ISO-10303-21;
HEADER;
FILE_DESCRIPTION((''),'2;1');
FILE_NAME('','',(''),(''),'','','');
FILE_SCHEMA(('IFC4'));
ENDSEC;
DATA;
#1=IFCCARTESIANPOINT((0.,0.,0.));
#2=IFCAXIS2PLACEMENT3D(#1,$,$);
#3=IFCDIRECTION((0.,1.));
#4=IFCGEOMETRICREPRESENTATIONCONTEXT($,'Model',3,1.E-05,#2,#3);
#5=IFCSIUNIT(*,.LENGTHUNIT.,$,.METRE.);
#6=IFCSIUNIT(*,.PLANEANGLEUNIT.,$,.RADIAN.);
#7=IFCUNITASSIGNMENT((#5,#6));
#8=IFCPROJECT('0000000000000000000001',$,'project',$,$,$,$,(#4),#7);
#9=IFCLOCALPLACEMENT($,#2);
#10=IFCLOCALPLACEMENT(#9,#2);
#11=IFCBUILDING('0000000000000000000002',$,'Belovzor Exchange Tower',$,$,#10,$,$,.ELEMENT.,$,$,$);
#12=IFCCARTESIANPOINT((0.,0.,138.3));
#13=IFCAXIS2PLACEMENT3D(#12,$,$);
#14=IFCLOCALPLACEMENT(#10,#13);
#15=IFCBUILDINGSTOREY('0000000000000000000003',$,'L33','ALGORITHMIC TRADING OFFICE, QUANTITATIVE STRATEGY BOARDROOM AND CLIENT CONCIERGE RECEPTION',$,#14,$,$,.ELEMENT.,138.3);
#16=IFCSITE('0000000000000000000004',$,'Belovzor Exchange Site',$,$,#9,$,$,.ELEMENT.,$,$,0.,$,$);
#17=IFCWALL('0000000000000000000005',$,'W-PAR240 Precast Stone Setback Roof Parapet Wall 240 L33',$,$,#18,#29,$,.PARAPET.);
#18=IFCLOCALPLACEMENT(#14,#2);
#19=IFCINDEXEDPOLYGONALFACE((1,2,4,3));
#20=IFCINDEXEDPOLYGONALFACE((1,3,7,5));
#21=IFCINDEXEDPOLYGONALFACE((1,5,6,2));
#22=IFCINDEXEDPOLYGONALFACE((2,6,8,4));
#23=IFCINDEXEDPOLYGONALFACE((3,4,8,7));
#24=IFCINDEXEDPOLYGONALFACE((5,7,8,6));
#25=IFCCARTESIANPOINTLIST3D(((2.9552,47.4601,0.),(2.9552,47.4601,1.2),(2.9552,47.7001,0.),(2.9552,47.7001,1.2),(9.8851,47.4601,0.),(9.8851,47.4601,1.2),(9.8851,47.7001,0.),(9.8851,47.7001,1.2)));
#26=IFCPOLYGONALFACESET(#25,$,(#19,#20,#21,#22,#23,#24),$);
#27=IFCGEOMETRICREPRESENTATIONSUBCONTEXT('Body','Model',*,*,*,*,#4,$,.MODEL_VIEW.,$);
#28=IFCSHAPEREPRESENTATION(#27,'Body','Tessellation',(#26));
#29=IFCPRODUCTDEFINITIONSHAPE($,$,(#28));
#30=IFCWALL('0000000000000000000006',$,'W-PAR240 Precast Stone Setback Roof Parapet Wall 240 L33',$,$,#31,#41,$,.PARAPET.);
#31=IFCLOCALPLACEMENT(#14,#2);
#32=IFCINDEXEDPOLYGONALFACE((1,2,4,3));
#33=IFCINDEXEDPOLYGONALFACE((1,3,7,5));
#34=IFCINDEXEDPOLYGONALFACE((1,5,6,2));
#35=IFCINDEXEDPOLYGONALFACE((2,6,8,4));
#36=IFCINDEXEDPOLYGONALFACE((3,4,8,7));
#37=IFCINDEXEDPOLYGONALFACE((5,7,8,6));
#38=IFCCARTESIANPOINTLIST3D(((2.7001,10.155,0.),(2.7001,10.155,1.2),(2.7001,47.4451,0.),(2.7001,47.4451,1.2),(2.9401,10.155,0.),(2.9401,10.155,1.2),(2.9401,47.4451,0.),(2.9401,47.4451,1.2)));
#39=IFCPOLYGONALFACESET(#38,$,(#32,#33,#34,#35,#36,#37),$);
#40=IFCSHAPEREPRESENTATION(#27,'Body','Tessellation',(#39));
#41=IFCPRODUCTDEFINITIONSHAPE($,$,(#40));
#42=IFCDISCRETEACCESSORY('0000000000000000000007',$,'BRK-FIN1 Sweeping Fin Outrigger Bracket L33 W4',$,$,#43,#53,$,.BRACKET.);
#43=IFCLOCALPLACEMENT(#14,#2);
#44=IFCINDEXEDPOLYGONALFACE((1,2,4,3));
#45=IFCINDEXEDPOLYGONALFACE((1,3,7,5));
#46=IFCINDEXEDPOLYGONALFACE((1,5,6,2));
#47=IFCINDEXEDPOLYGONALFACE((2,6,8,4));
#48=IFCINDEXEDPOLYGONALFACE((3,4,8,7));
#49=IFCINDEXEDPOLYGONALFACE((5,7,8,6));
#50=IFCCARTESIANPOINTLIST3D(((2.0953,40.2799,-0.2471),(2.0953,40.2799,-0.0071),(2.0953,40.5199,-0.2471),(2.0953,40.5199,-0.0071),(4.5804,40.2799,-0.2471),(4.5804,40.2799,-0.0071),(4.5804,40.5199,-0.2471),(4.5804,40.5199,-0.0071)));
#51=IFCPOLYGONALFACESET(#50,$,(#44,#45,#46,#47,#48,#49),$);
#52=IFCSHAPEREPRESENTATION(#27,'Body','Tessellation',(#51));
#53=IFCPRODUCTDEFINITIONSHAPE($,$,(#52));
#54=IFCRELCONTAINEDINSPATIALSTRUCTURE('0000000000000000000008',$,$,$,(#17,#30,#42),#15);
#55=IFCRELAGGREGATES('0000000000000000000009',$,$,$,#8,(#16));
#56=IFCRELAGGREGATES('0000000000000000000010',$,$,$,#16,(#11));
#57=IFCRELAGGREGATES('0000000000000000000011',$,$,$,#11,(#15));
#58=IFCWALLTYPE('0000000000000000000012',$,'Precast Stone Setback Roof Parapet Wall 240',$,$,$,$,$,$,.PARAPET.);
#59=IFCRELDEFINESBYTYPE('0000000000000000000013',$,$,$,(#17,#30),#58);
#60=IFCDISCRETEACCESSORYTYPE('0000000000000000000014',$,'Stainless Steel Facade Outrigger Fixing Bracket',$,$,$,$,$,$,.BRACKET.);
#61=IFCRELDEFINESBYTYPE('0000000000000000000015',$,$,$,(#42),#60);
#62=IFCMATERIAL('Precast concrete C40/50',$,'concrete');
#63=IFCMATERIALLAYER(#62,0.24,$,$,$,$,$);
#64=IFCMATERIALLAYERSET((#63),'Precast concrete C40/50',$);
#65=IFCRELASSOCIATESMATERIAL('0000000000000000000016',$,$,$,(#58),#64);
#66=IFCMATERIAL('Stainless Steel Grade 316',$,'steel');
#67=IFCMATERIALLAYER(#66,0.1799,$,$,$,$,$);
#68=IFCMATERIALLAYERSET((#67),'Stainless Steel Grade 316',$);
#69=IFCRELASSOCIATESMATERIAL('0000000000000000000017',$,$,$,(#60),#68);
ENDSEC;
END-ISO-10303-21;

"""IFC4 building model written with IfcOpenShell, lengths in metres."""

from ifc_helpers import new_model, si_unit, direction, frame, frame_2d, origin, origin_2d, place, context, subcontext, project, spatial, rectangle, extrude, material, layer, layer_set, type_object, element, save


model = new_model("IFC4")

# Units and contexts
model_context = context("Model", 3, precision=1e-05, world=origin(), true_north=direction((0.0, 1.0)))
body_context = subcontext(model_context, "Body", "Model", "MODEL_VIEW")
ifc_project = project(units=[si_unit("LENGTHUNIT", "METRE"), si_unit("PLANEANGLEUNIT", "RADIAN")], contexts=[model_context])

# Site, building, storey
site_placement = place(None, origin())
site = spatial("IfcSite", under=ifc_project, at=site_placement, Name="Belovzor Exchange Site", CompositionType="ELEMENT", RefElevation=0.0)
building_placement = place(site_placement, origin())
building = spatial("IfcBuilding", under=site, at=building_placement, Name="Belovzor Exchange Tower", CompositionType="ELEMENT")
storey_placement = place(building_placement, frame((0.0, 0.0, 138.3)))
storey = spatial("IfcBuildingStorey", under=building, at=storey_placement, Name="L33", Description="ALGORITHMIC TRADING OFFICE, QUANTITATIVE STRATEGY BOARDROOM AND CLIENT CONCIERGE RECEPTION", CompositionType="ELEMENT", Elevation=138.3)

# Walls
ifc_material_1 = material(Name="Precast concrete C40/50", Category="concrete")
ifc_layer_1 = layer(ifc_material_1, 0.24)
ifc_layer_set_1 = layer_set([ifc_layer_1], Name="Precast concrete C40/50")
wall_type_1 = type_object("IfcWallType", Name="Precast Stone Setback Roof Parapet Wall 240", PredefinedType="PARAPET", material=ifc_layer_set_1)
for number, where, z_axis, x_axis, name in (
    (1, (9.885, 47.5801, 0.0), (0.0, 0.0, 1.0), (-1.0, 0.0, 0.0), "W-PAR240 Precast Stone Setback Roof Parapet Wall 240 L33"),
):
    element("IfcWall", number, at=place(storey_placement, frame(where, z_axis=z_axis, x_axis=x_axis)), inside=storey, type_object=wall_type_1, Name=name, PredefinedType="PARAPET", context=body_context, shape_type="SweptSolid", body=[
        extrude(rectangle(XDim=6.9299, YDim=0.24, at=frame_2d((3.4648, 0.0))), origin(), (0.0, 0.0, 1.0), 1.2),
    ])
wall_1_placement = place(storey_placement, frame((2.8201, 47.4451, 0.0), z_axis=(0.0, 0.0, 1.0), x_axis=(0.0, -1.0, 0.0)))
element("IfcWall", 2, at=wall_1_placement, inside=storey, type_object=wall_type_1, Name="W-PAR240 Precast Stone Setback Roof Parapet Wall 240 L33", PredefinedType="PARAPET", context=body_context, shape_type="SweptSolid", body=[
    extrude(rectangle(XDim=37.29, YDim=0.24, at=frame_2d((18.645, 0.0))), origin(), (0.0, 0.0, 1.0), 1.2),
])

# Discrete accessory
ifc_material_2 = material(Name="Stainless Steel Grade 316", Category="steel")
ifc_layer_2 = layer(ifc_material_2, 0.1799)
ifc_layer_set_2 = layer_set([ifc_layer_2], Name="Stainless Steel Grade 316")
discrete_accessory_type = type_object("IfcDiscreteAccessoryType", Name="Stainless Steel Facade Outrigger Fixing Bracket", PredefinedType="BRACKET", material=ifc_layer_set_2)
discrete_accessory_placement = place(storey_placement, frame((3.3379, 40.3999, -0.2471), z_axis=(0.0, 0.0, 1.0), x_axis=(1.0, 0.0, 0.0)))
element("IfcDiscreteAccessory", 3, at=discrete_accessory_placement, inside=storey, type_object=discrete_accessory_type, Name="BRK-FIN1 Sweeping Fin Outrigger Bracket L33 W4", PredefinedType="BRACKET", context=body_context, shape_type="SweptSolid", body=[
    extrude(rectangle(XDim=2.4851, YDim=0.24, at=origin_2d()), origin(), (0.0, 0.0, 1.0), 0.24),
])

save(model, "model.ifc")
